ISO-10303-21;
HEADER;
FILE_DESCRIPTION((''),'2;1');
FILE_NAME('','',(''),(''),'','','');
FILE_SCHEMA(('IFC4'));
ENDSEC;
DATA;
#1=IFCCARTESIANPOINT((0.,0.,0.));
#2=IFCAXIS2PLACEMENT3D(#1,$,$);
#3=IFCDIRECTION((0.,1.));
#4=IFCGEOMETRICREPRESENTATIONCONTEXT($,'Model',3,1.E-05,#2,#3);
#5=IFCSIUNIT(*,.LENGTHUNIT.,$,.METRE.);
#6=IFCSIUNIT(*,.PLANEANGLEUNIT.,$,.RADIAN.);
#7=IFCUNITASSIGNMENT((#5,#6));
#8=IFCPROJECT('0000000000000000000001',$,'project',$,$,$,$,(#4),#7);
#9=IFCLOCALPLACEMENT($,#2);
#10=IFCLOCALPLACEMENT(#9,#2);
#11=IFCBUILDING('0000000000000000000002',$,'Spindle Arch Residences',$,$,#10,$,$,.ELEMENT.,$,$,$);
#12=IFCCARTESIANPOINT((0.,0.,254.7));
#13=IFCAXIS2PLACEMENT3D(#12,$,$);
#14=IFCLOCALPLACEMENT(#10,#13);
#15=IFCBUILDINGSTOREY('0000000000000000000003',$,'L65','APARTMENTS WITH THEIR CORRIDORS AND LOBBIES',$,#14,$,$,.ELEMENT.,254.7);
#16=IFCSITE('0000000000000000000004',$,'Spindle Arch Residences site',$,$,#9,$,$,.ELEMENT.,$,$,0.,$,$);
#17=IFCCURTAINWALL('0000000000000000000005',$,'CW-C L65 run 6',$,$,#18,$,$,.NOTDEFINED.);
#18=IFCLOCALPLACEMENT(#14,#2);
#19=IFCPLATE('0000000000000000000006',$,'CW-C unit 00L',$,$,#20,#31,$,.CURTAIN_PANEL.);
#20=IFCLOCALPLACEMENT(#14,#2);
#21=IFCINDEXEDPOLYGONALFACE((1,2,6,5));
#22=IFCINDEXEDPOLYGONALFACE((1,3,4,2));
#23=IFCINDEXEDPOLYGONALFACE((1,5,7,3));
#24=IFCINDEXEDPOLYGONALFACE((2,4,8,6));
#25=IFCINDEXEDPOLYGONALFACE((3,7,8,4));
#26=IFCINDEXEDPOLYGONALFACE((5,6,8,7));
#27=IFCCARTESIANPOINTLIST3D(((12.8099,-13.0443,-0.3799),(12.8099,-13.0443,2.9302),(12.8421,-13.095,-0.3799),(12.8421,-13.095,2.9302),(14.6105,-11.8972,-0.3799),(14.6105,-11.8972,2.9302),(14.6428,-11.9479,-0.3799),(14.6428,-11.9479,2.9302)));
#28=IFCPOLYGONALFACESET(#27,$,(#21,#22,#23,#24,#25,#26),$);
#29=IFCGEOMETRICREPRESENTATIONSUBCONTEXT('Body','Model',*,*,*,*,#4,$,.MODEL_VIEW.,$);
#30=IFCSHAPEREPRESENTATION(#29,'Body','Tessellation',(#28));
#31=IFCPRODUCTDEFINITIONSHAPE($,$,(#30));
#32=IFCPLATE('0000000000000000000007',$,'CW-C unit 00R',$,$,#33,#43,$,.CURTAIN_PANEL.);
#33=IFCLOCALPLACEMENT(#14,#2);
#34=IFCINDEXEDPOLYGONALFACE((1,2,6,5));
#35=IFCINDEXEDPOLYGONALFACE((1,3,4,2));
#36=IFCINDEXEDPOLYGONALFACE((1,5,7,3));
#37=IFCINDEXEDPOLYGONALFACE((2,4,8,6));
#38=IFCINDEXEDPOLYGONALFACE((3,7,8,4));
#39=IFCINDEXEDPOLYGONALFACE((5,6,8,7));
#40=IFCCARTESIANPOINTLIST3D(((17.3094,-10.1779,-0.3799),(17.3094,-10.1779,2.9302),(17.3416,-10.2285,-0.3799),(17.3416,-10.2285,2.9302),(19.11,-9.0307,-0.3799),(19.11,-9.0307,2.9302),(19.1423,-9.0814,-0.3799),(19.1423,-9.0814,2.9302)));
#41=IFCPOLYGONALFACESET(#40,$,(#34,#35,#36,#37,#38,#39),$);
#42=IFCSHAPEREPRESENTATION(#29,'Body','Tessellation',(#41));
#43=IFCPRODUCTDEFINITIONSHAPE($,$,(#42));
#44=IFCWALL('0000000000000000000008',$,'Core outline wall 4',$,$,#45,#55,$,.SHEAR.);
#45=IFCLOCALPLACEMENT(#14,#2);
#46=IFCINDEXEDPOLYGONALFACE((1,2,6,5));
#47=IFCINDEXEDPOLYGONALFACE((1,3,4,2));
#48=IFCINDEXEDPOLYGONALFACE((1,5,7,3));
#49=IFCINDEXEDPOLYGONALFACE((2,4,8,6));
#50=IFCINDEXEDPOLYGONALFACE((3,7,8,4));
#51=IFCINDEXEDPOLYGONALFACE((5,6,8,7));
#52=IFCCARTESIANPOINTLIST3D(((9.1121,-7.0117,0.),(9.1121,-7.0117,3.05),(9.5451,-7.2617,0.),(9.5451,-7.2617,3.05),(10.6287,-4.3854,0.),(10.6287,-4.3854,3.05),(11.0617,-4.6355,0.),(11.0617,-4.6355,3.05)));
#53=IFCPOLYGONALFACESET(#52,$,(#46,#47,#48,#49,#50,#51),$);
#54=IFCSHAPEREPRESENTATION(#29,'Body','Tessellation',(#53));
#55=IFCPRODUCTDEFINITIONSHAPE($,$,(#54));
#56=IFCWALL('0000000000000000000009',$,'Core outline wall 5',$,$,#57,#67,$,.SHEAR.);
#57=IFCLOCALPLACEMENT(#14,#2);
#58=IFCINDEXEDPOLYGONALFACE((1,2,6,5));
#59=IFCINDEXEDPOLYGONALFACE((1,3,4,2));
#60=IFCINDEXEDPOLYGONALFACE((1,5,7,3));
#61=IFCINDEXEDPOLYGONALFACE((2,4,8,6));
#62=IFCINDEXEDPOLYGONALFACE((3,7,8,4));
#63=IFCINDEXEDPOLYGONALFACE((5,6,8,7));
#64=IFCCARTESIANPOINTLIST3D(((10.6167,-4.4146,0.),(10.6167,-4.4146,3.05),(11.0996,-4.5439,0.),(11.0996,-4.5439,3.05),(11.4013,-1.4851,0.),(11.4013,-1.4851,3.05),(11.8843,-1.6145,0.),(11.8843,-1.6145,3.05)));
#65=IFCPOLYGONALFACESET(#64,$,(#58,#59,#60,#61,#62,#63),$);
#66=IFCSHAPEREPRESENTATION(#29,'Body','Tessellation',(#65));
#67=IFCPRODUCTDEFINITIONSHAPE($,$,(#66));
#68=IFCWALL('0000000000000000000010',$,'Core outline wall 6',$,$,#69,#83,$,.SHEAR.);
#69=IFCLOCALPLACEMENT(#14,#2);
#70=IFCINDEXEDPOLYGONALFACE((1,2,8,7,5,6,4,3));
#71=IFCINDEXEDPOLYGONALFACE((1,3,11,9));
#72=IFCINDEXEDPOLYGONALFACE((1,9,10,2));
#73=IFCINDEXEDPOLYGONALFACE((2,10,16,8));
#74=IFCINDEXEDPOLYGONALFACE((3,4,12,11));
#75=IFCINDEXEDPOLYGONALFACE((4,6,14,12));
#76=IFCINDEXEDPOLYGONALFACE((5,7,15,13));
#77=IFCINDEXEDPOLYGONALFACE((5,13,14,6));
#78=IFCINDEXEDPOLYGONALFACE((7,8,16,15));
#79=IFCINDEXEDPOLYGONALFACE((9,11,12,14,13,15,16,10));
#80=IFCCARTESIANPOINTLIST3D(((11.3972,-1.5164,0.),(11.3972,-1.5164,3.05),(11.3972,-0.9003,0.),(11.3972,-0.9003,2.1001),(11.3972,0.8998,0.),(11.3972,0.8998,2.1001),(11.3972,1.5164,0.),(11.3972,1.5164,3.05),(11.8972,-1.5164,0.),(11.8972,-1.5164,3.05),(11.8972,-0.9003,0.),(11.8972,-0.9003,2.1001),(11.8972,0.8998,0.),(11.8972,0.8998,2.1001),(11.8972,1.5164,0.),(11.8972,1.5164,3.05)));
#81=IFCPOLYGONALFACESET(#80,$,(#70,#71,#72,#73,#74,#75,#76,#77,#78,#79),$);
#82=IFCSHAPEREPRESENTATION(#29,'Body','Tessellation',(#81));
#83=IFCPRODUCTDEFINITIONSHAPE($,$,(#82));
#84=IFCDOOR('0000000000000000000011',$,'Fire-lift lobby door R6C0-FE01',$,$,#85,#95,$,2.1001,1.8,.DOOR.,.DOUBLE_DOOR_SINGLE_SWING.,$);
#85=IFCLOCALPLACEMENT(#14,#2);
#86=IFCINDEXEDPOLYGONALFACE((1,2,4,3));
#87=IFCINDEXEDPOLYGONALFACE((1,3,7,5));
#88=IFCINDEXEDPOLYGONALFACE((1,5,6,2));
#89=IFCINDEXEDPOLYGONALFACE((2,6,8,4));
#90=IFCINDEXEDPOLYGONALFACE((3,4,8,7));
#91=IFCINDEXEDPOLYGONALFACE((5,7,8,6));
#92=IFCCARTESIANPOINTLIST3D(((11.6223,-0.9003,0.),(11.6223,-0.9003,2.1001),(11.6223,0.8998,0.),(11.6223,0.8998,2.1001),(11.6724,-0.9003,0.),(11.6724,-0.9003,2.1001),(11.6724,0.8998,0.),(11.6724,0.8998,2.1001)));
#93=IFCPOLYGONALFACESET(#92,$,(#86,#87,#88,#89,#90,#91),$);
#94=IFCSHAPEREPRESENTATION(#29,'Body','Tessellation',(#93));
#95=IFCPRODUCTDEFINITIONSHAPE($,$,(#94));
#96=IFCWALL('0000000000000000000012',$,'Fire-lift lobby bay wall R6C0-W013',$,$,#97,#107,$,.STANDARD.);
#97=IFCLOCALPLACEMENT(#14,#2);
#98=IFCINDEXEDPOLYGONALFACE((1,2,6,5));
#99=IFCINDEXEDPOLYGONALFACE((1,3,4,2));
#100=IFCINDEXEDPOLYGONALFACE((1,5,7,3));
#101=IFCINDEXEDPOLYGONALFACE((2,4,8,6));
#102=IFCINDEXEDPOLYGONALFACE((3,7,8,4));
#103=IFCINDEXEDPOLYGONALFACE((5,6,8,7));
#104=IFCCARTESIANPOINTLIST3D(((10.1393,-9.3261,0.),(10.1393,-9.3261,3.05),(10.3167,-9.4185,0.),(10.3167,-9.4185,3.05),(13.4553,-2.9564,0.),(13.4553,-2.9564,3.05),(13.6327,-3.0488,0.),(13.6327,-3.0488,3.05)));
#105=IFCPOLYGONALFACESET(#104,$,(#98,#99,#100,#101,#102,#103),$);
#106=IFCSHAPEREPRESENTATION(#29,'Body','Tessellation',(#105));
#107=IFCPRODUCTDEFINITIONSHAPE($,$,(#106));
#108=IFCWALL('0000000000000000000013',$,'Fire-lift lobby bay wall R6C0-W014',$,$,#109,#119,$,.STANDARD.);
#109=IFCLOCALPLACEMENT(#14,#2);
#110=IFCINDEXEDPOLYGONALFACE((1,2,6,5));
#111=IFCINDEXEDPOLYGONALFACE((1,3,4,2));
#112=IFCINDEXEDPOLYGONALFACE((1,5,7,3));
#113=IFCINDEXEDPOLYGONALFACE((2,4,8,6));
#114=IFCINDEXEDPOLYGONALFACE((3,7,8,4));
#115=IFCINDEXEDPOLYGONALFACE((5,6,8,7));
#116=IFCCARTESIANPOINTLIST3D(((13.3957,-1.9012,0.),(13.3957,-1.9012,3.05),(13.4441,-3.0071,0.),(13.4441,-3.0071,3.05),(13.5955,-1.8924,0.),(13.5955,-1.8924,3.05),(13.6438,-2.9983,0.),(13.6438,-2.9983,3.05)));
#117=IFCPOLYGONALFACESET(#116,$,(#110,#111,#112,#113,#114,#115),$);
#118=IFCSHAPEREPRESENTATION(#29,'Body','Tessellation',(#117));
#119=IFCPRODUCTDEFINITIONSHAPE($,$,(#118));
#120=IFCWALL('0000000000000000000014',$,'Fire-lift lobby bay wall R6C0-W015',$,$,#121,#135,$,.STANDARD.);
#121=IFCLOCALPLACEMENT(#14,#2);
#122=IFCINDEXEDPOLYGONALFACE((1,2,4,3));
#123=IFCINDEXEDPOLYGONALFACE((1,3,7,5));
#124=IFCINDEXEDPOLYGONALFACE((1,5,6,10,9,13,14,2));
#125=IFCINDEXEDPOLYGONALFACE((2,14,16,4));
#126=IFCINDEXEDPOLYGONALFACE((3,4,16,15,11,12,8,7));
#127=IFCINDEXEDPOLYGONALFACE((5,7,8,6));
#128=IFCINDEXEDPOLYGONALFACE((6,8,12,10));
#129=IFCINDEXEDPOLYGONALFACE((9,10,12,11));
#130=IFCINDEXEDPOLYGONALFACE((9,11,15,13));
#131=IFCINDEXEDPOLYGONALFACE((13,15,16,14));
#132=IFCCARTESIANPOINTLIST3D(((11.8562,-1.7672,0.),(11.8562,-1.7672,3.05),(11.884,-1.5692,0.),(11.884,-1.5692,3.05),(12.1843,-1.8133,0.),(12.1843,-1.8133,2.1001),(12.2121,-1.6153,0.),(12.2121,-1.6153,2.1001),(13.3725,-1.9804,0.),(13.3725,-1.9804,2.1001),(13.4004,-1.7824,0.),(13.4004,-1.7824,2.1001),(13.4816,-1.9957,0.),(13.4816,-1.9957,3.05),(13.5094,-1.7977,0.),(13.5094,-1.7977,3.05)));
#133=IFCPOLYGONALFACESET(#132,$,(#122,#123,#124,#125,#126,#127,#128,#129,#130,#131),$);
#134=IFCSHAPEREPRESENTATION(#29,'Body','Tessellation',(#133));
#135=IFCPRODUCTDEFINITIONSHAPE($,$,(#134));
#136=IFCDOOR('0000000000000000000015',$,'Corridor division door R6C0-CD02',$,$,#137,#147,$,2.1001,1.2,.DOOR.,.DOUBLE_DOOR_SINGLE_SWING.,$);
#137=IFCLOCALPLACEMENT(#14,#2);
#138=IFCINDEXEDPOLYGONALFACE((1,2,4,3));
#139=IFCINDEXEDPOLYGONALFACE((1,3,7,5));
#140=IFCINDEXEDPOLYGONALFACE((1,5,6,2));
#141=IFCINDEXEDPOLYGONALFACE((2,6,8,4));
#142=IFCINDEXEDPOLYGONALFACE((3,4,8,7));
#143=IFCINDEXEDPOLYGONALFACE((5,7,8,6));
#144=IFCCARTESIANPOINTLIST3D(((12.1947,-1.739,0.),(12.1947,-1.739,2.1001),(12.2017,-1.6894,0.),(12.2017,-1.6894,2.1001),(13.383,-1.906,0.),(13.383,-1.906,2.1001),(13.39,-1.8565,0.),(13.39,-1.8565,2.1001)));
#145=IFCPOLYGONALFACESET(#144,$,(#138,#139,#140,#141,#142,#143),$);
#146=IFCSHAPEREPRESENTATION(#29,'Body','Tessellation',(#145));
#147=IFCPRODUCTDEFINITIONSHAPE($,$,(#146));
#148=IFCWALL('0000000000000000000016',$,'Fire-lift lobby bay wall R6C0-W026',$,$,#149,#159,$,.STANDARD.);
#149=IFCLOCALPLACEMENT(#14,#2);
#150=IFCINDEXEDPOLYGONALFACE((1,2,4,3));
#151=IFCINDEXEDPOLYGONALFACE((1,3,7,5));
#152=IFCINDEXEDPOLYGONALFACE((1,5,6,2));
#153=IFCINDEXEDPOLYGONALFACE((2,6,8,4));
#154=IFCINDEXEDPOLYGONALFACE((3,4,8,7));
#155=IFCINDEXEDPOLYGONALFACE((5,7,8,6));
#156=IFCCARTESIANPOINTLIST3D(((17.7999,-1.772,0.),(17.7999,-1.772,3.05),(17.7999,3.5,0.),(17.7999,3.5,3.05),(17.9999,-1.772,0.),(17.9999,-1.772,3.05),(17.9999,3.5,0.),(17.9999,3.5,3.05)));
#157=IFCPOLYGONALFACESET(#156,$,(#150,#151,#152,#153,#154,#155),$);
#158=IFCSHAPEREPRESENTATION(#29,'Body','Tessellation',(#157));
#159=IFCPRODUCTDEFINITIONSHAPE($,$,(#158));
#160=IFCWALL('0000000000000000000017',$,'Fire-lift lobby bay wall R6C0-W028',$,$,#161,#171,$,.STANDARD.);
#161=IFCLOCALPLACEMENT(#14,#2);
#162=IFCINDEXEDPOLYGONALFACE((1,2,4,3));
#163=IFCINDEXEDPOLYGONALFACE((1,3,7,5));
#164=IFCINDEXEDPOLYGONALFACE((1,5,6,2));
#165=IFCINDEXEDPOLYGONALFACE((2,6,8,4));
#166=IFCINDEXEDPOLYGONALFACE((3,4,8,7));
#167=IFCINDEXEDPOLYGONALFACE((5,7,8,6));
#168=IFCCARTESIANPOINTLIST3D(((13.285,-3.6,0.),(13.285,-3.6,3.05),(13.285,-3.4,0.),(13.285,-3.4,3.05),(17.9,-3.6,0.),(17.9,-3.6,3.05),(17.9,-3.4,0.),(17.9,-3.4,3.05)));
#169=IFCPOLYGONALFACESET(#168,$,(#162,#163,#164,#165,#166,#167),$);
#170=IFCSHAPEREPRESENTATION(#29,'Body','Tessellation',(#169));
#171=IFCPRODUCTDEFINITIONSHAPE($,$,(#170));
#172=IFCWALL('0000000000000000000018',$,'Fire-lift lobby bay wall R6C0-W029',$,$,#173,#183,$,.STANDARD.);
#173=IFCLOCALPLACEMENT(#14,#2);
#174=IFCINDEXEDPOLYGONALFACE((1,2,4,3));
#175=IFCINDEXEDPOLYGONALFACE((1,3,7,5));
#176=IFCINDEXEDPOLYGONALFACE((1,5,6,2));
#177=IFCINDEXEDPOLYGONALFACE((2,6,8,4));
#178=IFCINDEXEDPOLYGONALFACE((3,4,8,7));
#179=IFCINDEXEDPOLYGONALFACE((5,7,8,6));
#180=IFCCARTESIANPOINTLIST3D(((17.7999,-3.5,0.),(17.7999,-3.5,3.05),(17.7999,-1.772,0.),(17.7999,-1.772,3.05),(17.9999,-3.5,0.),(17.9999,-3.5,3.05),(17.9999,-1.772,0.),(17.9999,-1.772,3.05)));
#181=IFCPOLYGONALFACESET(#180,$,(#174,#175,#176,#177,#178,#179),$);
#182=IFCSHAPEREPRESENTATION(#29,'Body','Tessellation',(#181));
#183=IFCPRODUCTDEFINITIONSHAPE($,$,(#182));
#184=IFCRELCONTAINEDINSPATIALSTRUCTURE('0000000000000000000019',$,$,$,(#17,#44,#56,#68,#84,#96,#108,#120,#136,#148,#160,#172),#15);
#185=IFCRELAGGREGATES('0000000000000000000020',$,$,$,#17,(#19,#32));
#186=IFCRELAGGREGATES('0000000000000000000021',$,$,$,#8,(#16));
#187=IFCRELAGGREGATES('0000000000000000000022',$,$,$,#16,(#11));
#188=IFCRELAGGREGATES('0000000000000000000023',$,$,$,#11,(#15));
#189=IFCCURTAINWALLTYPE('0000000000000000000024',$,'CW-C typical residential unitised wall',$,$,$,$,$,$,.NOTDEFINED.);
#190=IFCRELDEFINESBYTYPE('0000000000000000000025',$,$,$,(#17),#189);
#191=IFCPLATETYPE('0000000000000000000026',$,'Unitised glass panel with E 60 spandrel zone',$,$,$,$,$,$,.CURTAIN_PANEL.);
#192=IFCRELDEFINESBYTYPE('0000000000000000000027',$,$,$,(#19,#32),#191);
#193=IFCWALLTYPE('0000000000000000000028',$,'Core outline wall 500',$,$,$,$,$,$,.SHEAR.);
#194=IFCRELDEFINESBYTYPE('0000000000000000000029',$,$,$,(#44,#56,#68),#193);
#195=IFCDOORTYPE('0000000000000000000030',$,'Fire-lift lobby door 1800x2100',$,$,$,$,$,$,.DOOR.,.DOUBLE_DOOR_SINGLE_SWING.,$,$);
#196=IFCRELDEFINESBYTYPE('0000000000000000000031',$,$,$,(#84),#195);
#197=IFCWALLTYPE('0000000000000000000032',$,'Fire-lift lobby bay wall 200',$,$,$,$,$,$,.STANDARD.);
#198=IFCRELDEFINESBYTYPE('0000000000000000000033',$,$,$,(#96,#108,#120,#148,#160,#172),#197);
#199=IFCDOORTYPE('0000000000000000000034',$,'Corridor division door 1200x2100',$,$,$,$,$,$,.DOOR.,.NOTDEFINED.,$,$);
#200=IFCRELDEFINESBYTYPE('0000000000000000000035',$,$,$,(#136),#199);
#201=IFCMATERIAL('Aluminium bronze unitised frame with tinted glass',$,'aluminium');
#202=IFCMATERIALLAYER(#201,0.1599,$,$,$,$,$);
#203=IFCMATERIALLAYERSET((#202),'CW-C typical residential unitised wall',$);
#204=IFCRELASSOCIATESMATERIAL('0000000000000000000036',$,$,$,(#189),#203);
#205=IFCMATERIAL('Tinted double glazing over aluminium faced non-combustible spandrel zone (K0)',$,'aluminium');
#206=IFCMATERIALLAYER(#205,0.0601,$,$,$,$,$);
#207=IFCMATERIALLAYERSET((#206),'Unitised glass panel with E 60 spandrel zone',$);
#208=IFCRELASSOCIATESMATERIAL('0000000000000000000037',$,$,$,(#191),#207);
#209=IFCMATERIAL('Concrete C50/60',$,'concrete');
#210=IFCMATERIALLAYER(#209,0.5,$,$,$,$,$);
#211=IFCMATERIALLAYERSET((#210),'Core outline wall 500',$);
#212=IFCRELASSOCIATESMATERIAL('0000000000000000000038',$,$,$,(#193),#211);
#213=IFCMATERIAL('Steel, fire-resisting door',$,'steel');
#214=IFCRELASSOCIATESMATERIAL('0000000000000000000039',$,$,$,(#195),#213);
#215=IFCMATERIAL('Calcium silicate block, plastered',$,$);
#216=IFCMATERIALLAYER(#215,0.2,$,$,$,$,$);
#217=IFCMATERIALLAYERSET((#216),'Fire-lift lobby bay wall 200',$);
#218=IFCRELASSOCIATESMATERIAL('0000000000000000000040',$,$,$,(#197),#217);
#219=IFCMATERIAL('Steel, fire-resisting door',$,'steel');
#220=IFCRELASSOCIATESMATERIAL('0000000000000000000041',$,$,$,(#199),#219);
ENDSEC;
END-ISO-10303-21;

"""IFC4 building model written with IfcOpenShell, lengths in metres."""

from ifc_helpers import new_model, si_unit, direction, frame, frame_2d, origin, origin_2d, place, context, subcontext, project, spatial, rectangle, extrude, material, layer, layer_set, type_object, element, fill, aggregate, save


model = new_model("IFC4")

# Units and contexts
model_context = context("Model", 3, precision=1e-05, world=origin(), true_north=direction((0.0, 1.0)))
body_context = subcontext(model_context, "Body", "Model", "MODEL_VIEW")
ifc_project = project(units=[si_unit("LENGTHUNIT", "METRE"), si_unit("PLANEANGLEUNIT", "RADIAN")], contexts=[model_context])

# Site, building, storey
site_placement = place(None, origin())
site = spatial("IfcSite", under=ifc_project, at=site_placement, Name="Spindle Arch Residences site", CompositionType="ELEMENT", RefElevation=0.0)
building_placement = place(site_placement, origin())
building = spatial("IfcBuilding", under=site, at=building_placement, Name="Spindle Arch Residences", CompositionType="ELEMENT")
storey_placement = place(building_placement, frame((0.0, 0.0, 254.7)))
storey = spatial("IfcBuildingStorey", under=building, at=storey_placement, Name="L65", Description="APARTMENTS WITH THEIR CORRIDORS AND LOBBIES", CompositionType="ELEMENT", Elevation=254.7)

# Curtain wall
ifc_material_1 = material(Name="Aluminium bronze unitised frame with tinted glass", Category="aluminium")
ifc_layer_1 = layer(ifc_material_1, 0.1599)
ifc_layer_set_1 = layer_set([ifc_layer_1], Name="CW-C typical residential unitised wall")
curtain_wall_type = type_object("IfcCurtainWallType", Name="CW-C typical residential unitised wall", PredefinedType="NOTDEFINED", material=ifc_layer_set_1)
curtain_wall_placement = place(storey_placement, origin())
curtain_wall = element("IfcCurtainWall", 1, at=curtain_wall_placement, inside=storey, type_object=curtain_wall_type, Name="CW-C L65 run 6", PredefinedType="NOTDEFINED")

# Plates
ifc_material_2 = material(Name="Tinted double glazing over aluminium faced non-combustible spandrel zone (K0)", Category="aluminium")
ifc_layer_2 = layer(ifc_material_2, 0.0601)
ifc_layer_set_2 = layer_set([ifc_layer_2], Name="Unitised glass panel with E 60 spandrel zone")
plate_type = type_object("IfcPlateType", Name="Unitised glass panel with E 60 spandrel zone", PredefinedType="CURTAIN_PANEL", material=ifc_layer_set_2)
plate_1_placement = place(storey_placement, frame((13.7263, -12.4961, -0.3799), z_axis=(0.0, 0.0, 1.0), x_axis=(0.843391, 0.5373, 0.0)))
plate_1 = element("IfcPlate", 2, at=plate_1_placement, type_object=plate_type, Name="CW-C unit 00L", PredefinedType="CURTAIN_PANEL", context=body_context, shape_type="SweptSolid", body=[
    extrude(rectangle(XDim=2.135, YDim=0.0601, at=origin_2d()), origin(), (0.0, 0.0, 1.0), 3.3101),
])
plate_2_placement = place(storey_placement, frame((18.2258, -9.6296, -0.3799), z_axis=(0.0, 0.0, 1.0), x_axis=(0.843391, 0.5373, 0.0)))
plate_2 = element("IfcPlate", 3, at=plate_2_placement, type_object=plate_type, Name="CW-C unit 00R", PredefinedType="CURTAIN_PANEL", context=body_context, shape_type="SweptSolid", body=[
    extrude(rectangle(XDim=2.135, YDim=0.0601, at=origin_2d()), origin(), (0.0, 0.0, 1.0), 3.3101),
])
aggregate(curtain_wall, [plate_1, plate_2])

# Walls
ifc_material_3 = material(Name="Concrete C50/60", Category="concrete")
ifc_layer_3 = layer(ifc_material_3, 0.5)
ifc_layer_set_3 = layer_set([ifc_layer_3], Name="Core outline wall 500")
wall_type_1 = type_object("IfcWallType", Name="Core outline wall 500", PredefinedType="SHEAR", material=ifc_layer_set_3)
for number, where, z_axis, x_axis, name in (
    (4, (9.3286, -7.1367, 0.0), (0.0, 0.0, 1.0), (0.500087, 0.865975, 0.0), "Core outline wall 4"),
    (5, (10.8582, -4.4792, 0.0), (0.0, 0.0, 1.0), (0.258735, 0.965948, 0.0), "Core outline wall 5"),
):
    element("IfcWall", number, at=place(storey_placement, frame(where, z_axis=z_axis, x_axis=x_axis)), inside=storey, type_object=wall_type_1, Name=name, PredefinedType="SHEAR", context=body_context, shape_type="SweptSolid", body=[
        extrude(rectangle(XDim=3.0327, YDim=0.5, at=frame_2d((1.5164, 0.0))), origin(), (0.0, 0.0, 1.0), 3.05),
    ])

# Wall, opening, door
wall_1_placement = place(storey_placement, frame((11.6472, -1.5164, 0.0), z_axis=(0.0, 0.0, 1.0), x_axis=(0.0, 1.0, 0.0)))
wall_1 = element("IfcWall", 6, at=wall_1_placement, inside=storey, type_object=wall_type_1, Name="Core outline wall 6", PredefinedType="SHEAR", context=body_context, shape_type="SweptSolid", body=[
    extrude(rectangle(XDim=3.0327, YDim=0.5, at=frame_2d((1.5164, 0.0))), origin(), (0.0, 0.0, 1.0), 3.05),
])
opening_1_placement = place(wall_1_placement, frame((0.6162, 0.0, 0.0)))
opening_1 = element("IfcOpeningElement", 7, at=opening_1_placement, cuts=wall_1, PredefinedType="OPENING", context=body_context, shape_type="SweptSolid", body=[
    extrude(rectangle(XDim=1.8, YDim=2.1001, at=frame_2d((0.8999, 1.05))), frame((0.0, 0.26, 0.0), z_axis=(0.0, -1.0, 0.0), x_axis=(1.0, 0.0, 0.0)), (0.0, 0.0, 1.0), 0.52),
])
ifc_material_4 = material(Name="Steel, fire-resisting door", Category="steel")
door_type_1 = type_object("IfcDoorType", Name="Fire-lift lobby door 1800x2100", OperationType="DOUBLE_DOOR_SINGLE_SWING", PredefinedType="DOOR", material=ifc_material_4)
door_1_placement = place(opening_1_placement, origin())
door_1 = element("IfcDoor", 8, at=door_1_placement, inside=storey, type_object=door_type_1, Name="Fire-lift lobby door R6C0-FE01", OperationType="DOUBLE_DOOR_SINGLE_SWING", OverallHeight=2.1001, OverallWidth=1.8, PredefinedType="DOOR", context=body_context, shape_type="SweptSolid", body=[
    extrude(rectangle(XDim=1.8, YDim=2.1001, at=frame_2d((0.8999, 1.05))), frame((0.0, 0.0249, 0.0), z_axis=(0.0, -1.0, 0.0), x_axis=(1.0, 0.0, 0.0)), (0.0, 0.0, 1.0), 0.05),
])
fill(opening_1, door_1)

# Walls
ifc_material_5 = material(Name="Calcium silicate block, plastered")
ifc_layer_4 = layer(ifc_material_5, 0.2)
ifc_layer_set_4 = layer_set([ifc_layer_4], Name="Fire-lift lobby bay wall 200")
wall_type_2 = type_object("IfcWallType", Name="Fire-lift lobby bay wall 200", PredefinedType="STANDARD", material=ifc_layer_set_4)
wall_2_placement = place(storey_placement, frame((10.228, -9.3723, 0.0), z_axis=(0.0, 0.0, 1.0), x_axis=(0.461759, 0.887005, 0.0)))
element("IfcWall", 9, at=wall_2_placement, inside=storey, type_object=wall_type_2, Name="Fire-lift lobby bay wall R6C0-W013", PredefinedType="STANDARD", context=body_context, shape_type="SweptSolid", body=[
    extrude(rectangle(XDim=7.1812, YDim=0.2, at=frame_2d((3.5906, 0.0))), origin(), (0.0, 0.0, 1.0), 3.05),
])
wall_3_placement = place(storey_placement, frame((13.5439, -3.0027, 0.0), z_axis=(0.0, 0.0, 1.0), x_axis=(-0.043667, 0.999046, 0.0)))
element("IfcWall", 10, at=wall_3_placement, inside=storey, type_object=wall_type_2, Name="Fire-lift lobby bay wall R6C0-W014", PredefinedType="STANDARD", context=body_context, shape_type="SweptSolid", body=[
    extrude(rectangle(XDim=1.1069, YDim=0.2, at=frame_2d((0.5535, 0.0))), origin(), (0.0, 0.0, 1.0), 3.05),
])

# Wall, opening, door
wall_4_placement = place(storey_placement, frame((13.4956, -1.8967, 0.0), z_axis=(0.0, 0.0, 1.0), x_axis=(-0.990262, 0.139214, 0.0)))
wall_4 = element("IfcWall", 11, at=wall_4_placement, inside=storey, type_object=wall_type_2, Name="Fire-lift lobby bay wall R6C0-W015", PredefinedType="STANDARD", context=body_context, shape_type="SweptSolid", body=[
    extrude(rectangle(XDim=1.6414, YDim=0.2, at=frame_2d((0.8208, 0.0))), origin(), (0.0, 0.0, 1.0), 3.05),
])
opening_2_placement = place(wall_4_placement, frame((0.1101, 0.0, 0.0)))
opening_2 = element("IfcOpeningElement", 12, at=opening_2_placement, cuts=wall_4, PredefinedType="OPENING", context=body_context, shape_type="SweptSolid", body=[
    extrude(rectangle(XDim=1.2, YDim=2.1001, at=frame_2d((0.6001, 1.05))), frame((0.0, 0.1099, 0.0), z_axis=(0.0, -1.0, 0.0), x_axis=(1.0, 0.0, 0.0)), (0.0, 0.0, 1.0), 0.22),
])
ifc_material_6 = material(Name="Steel, fire-resisting door", Category="steel")
door_type_2 = type_object("IfcDoorType", Name="Corridor division door 1200x2100", OperationType="NOTDEFINED", PredefinedType="DOOR", material=ifc_material_6)
door_2_placement = place(opening_2_placement, origin())
door_2 = element("IfcDoor", 13, at=door_2_placement, inside=storey, type_object=door_type_2, Name="Corridor division door R6C0-CD02", OperationType="DOUBLE_DOOR_SINGLE_SWING", OverallHeight=2.1001, OverallWidth=1.2, PredefinedType="DOOR", context=body_context, shape_type="SweptSolid", body=[
    extrude(rectangle(XDim=1.2, YDim=2.1001, at=frame_2d((0.6001, 1.05))), frame((0.0, 0.0249, 0.0), z_axis=(0.0, -1.0, 0.0), x_axis=(1.0, 0.0, 0.0)), (0.0, 0.0, 1.0), 0.05),
])
fill(opening_2, door_2)

# Walls
wall_5_placement = place(storey_placement, frame((17.8999, -1.772, 0.0), z_axis=(0.0, 0.0, 1.0), x_axis=(0.0, 1.0, 0.0)))
element("IfcWall", 14, at=wall_5_placement, inside=storey, type_object=wall_type_2, Name="Fire-lift lobby bay wall R6C0-W026", PredefinedType="STANDARD", context=body_context, shape_type="SweptSolid", body=[
    extrude(rectangle(XDim=5.272, YDim=0.2, at=frame_2d((2.636, 0.0))), origin(), (0.0, 0.0, 1.0), 3.05),
])
wall_6_placement = place(storey_placement, frame((13.2849, -3.5, 0.0), z_axis=(0.0, 0.0, 1.0), x_axis=(1.0, 0.0, 0.0)))
element("IfcWall", 15, at=wall_6_placement, inside=storey, type_object=wall_type_2, Name="Fire-lift lobby bay wall R6C0-W028", PredefinedType="STANDARD", context=body_context, shape_type="SweptSolid", body=[
    extrude(rectangle(XDim=4.615, YDim=0.2, at=frame_2d((2.3076, 0.0))), origin(), (0.0, 0.0, 1.0), 3.05),
])
wall_7_placement = place(storey_placement, frame((17.8999, -3.5, 0.0), z_axis=(0.0, 0.0, 1.0), x_axis=(0.0, 1.0, 0.0)))
element("IfcWall", 16, at=wall_7_placement, inside=storey, type_object=wall_type_2, Name="Fire-lift lobby bay wall R6C0-W029", PredefinedType="STANDARD", context=body_context, shape_type="SweptSolid", body=[
    extrude(rectangle(XDim=1.728, YDim=0.2, at=frame_2d((0.864, 0.0))), origin(), (0.0, 0.0, 1.0), 3.05),
])

save(model, "model.ifc")
